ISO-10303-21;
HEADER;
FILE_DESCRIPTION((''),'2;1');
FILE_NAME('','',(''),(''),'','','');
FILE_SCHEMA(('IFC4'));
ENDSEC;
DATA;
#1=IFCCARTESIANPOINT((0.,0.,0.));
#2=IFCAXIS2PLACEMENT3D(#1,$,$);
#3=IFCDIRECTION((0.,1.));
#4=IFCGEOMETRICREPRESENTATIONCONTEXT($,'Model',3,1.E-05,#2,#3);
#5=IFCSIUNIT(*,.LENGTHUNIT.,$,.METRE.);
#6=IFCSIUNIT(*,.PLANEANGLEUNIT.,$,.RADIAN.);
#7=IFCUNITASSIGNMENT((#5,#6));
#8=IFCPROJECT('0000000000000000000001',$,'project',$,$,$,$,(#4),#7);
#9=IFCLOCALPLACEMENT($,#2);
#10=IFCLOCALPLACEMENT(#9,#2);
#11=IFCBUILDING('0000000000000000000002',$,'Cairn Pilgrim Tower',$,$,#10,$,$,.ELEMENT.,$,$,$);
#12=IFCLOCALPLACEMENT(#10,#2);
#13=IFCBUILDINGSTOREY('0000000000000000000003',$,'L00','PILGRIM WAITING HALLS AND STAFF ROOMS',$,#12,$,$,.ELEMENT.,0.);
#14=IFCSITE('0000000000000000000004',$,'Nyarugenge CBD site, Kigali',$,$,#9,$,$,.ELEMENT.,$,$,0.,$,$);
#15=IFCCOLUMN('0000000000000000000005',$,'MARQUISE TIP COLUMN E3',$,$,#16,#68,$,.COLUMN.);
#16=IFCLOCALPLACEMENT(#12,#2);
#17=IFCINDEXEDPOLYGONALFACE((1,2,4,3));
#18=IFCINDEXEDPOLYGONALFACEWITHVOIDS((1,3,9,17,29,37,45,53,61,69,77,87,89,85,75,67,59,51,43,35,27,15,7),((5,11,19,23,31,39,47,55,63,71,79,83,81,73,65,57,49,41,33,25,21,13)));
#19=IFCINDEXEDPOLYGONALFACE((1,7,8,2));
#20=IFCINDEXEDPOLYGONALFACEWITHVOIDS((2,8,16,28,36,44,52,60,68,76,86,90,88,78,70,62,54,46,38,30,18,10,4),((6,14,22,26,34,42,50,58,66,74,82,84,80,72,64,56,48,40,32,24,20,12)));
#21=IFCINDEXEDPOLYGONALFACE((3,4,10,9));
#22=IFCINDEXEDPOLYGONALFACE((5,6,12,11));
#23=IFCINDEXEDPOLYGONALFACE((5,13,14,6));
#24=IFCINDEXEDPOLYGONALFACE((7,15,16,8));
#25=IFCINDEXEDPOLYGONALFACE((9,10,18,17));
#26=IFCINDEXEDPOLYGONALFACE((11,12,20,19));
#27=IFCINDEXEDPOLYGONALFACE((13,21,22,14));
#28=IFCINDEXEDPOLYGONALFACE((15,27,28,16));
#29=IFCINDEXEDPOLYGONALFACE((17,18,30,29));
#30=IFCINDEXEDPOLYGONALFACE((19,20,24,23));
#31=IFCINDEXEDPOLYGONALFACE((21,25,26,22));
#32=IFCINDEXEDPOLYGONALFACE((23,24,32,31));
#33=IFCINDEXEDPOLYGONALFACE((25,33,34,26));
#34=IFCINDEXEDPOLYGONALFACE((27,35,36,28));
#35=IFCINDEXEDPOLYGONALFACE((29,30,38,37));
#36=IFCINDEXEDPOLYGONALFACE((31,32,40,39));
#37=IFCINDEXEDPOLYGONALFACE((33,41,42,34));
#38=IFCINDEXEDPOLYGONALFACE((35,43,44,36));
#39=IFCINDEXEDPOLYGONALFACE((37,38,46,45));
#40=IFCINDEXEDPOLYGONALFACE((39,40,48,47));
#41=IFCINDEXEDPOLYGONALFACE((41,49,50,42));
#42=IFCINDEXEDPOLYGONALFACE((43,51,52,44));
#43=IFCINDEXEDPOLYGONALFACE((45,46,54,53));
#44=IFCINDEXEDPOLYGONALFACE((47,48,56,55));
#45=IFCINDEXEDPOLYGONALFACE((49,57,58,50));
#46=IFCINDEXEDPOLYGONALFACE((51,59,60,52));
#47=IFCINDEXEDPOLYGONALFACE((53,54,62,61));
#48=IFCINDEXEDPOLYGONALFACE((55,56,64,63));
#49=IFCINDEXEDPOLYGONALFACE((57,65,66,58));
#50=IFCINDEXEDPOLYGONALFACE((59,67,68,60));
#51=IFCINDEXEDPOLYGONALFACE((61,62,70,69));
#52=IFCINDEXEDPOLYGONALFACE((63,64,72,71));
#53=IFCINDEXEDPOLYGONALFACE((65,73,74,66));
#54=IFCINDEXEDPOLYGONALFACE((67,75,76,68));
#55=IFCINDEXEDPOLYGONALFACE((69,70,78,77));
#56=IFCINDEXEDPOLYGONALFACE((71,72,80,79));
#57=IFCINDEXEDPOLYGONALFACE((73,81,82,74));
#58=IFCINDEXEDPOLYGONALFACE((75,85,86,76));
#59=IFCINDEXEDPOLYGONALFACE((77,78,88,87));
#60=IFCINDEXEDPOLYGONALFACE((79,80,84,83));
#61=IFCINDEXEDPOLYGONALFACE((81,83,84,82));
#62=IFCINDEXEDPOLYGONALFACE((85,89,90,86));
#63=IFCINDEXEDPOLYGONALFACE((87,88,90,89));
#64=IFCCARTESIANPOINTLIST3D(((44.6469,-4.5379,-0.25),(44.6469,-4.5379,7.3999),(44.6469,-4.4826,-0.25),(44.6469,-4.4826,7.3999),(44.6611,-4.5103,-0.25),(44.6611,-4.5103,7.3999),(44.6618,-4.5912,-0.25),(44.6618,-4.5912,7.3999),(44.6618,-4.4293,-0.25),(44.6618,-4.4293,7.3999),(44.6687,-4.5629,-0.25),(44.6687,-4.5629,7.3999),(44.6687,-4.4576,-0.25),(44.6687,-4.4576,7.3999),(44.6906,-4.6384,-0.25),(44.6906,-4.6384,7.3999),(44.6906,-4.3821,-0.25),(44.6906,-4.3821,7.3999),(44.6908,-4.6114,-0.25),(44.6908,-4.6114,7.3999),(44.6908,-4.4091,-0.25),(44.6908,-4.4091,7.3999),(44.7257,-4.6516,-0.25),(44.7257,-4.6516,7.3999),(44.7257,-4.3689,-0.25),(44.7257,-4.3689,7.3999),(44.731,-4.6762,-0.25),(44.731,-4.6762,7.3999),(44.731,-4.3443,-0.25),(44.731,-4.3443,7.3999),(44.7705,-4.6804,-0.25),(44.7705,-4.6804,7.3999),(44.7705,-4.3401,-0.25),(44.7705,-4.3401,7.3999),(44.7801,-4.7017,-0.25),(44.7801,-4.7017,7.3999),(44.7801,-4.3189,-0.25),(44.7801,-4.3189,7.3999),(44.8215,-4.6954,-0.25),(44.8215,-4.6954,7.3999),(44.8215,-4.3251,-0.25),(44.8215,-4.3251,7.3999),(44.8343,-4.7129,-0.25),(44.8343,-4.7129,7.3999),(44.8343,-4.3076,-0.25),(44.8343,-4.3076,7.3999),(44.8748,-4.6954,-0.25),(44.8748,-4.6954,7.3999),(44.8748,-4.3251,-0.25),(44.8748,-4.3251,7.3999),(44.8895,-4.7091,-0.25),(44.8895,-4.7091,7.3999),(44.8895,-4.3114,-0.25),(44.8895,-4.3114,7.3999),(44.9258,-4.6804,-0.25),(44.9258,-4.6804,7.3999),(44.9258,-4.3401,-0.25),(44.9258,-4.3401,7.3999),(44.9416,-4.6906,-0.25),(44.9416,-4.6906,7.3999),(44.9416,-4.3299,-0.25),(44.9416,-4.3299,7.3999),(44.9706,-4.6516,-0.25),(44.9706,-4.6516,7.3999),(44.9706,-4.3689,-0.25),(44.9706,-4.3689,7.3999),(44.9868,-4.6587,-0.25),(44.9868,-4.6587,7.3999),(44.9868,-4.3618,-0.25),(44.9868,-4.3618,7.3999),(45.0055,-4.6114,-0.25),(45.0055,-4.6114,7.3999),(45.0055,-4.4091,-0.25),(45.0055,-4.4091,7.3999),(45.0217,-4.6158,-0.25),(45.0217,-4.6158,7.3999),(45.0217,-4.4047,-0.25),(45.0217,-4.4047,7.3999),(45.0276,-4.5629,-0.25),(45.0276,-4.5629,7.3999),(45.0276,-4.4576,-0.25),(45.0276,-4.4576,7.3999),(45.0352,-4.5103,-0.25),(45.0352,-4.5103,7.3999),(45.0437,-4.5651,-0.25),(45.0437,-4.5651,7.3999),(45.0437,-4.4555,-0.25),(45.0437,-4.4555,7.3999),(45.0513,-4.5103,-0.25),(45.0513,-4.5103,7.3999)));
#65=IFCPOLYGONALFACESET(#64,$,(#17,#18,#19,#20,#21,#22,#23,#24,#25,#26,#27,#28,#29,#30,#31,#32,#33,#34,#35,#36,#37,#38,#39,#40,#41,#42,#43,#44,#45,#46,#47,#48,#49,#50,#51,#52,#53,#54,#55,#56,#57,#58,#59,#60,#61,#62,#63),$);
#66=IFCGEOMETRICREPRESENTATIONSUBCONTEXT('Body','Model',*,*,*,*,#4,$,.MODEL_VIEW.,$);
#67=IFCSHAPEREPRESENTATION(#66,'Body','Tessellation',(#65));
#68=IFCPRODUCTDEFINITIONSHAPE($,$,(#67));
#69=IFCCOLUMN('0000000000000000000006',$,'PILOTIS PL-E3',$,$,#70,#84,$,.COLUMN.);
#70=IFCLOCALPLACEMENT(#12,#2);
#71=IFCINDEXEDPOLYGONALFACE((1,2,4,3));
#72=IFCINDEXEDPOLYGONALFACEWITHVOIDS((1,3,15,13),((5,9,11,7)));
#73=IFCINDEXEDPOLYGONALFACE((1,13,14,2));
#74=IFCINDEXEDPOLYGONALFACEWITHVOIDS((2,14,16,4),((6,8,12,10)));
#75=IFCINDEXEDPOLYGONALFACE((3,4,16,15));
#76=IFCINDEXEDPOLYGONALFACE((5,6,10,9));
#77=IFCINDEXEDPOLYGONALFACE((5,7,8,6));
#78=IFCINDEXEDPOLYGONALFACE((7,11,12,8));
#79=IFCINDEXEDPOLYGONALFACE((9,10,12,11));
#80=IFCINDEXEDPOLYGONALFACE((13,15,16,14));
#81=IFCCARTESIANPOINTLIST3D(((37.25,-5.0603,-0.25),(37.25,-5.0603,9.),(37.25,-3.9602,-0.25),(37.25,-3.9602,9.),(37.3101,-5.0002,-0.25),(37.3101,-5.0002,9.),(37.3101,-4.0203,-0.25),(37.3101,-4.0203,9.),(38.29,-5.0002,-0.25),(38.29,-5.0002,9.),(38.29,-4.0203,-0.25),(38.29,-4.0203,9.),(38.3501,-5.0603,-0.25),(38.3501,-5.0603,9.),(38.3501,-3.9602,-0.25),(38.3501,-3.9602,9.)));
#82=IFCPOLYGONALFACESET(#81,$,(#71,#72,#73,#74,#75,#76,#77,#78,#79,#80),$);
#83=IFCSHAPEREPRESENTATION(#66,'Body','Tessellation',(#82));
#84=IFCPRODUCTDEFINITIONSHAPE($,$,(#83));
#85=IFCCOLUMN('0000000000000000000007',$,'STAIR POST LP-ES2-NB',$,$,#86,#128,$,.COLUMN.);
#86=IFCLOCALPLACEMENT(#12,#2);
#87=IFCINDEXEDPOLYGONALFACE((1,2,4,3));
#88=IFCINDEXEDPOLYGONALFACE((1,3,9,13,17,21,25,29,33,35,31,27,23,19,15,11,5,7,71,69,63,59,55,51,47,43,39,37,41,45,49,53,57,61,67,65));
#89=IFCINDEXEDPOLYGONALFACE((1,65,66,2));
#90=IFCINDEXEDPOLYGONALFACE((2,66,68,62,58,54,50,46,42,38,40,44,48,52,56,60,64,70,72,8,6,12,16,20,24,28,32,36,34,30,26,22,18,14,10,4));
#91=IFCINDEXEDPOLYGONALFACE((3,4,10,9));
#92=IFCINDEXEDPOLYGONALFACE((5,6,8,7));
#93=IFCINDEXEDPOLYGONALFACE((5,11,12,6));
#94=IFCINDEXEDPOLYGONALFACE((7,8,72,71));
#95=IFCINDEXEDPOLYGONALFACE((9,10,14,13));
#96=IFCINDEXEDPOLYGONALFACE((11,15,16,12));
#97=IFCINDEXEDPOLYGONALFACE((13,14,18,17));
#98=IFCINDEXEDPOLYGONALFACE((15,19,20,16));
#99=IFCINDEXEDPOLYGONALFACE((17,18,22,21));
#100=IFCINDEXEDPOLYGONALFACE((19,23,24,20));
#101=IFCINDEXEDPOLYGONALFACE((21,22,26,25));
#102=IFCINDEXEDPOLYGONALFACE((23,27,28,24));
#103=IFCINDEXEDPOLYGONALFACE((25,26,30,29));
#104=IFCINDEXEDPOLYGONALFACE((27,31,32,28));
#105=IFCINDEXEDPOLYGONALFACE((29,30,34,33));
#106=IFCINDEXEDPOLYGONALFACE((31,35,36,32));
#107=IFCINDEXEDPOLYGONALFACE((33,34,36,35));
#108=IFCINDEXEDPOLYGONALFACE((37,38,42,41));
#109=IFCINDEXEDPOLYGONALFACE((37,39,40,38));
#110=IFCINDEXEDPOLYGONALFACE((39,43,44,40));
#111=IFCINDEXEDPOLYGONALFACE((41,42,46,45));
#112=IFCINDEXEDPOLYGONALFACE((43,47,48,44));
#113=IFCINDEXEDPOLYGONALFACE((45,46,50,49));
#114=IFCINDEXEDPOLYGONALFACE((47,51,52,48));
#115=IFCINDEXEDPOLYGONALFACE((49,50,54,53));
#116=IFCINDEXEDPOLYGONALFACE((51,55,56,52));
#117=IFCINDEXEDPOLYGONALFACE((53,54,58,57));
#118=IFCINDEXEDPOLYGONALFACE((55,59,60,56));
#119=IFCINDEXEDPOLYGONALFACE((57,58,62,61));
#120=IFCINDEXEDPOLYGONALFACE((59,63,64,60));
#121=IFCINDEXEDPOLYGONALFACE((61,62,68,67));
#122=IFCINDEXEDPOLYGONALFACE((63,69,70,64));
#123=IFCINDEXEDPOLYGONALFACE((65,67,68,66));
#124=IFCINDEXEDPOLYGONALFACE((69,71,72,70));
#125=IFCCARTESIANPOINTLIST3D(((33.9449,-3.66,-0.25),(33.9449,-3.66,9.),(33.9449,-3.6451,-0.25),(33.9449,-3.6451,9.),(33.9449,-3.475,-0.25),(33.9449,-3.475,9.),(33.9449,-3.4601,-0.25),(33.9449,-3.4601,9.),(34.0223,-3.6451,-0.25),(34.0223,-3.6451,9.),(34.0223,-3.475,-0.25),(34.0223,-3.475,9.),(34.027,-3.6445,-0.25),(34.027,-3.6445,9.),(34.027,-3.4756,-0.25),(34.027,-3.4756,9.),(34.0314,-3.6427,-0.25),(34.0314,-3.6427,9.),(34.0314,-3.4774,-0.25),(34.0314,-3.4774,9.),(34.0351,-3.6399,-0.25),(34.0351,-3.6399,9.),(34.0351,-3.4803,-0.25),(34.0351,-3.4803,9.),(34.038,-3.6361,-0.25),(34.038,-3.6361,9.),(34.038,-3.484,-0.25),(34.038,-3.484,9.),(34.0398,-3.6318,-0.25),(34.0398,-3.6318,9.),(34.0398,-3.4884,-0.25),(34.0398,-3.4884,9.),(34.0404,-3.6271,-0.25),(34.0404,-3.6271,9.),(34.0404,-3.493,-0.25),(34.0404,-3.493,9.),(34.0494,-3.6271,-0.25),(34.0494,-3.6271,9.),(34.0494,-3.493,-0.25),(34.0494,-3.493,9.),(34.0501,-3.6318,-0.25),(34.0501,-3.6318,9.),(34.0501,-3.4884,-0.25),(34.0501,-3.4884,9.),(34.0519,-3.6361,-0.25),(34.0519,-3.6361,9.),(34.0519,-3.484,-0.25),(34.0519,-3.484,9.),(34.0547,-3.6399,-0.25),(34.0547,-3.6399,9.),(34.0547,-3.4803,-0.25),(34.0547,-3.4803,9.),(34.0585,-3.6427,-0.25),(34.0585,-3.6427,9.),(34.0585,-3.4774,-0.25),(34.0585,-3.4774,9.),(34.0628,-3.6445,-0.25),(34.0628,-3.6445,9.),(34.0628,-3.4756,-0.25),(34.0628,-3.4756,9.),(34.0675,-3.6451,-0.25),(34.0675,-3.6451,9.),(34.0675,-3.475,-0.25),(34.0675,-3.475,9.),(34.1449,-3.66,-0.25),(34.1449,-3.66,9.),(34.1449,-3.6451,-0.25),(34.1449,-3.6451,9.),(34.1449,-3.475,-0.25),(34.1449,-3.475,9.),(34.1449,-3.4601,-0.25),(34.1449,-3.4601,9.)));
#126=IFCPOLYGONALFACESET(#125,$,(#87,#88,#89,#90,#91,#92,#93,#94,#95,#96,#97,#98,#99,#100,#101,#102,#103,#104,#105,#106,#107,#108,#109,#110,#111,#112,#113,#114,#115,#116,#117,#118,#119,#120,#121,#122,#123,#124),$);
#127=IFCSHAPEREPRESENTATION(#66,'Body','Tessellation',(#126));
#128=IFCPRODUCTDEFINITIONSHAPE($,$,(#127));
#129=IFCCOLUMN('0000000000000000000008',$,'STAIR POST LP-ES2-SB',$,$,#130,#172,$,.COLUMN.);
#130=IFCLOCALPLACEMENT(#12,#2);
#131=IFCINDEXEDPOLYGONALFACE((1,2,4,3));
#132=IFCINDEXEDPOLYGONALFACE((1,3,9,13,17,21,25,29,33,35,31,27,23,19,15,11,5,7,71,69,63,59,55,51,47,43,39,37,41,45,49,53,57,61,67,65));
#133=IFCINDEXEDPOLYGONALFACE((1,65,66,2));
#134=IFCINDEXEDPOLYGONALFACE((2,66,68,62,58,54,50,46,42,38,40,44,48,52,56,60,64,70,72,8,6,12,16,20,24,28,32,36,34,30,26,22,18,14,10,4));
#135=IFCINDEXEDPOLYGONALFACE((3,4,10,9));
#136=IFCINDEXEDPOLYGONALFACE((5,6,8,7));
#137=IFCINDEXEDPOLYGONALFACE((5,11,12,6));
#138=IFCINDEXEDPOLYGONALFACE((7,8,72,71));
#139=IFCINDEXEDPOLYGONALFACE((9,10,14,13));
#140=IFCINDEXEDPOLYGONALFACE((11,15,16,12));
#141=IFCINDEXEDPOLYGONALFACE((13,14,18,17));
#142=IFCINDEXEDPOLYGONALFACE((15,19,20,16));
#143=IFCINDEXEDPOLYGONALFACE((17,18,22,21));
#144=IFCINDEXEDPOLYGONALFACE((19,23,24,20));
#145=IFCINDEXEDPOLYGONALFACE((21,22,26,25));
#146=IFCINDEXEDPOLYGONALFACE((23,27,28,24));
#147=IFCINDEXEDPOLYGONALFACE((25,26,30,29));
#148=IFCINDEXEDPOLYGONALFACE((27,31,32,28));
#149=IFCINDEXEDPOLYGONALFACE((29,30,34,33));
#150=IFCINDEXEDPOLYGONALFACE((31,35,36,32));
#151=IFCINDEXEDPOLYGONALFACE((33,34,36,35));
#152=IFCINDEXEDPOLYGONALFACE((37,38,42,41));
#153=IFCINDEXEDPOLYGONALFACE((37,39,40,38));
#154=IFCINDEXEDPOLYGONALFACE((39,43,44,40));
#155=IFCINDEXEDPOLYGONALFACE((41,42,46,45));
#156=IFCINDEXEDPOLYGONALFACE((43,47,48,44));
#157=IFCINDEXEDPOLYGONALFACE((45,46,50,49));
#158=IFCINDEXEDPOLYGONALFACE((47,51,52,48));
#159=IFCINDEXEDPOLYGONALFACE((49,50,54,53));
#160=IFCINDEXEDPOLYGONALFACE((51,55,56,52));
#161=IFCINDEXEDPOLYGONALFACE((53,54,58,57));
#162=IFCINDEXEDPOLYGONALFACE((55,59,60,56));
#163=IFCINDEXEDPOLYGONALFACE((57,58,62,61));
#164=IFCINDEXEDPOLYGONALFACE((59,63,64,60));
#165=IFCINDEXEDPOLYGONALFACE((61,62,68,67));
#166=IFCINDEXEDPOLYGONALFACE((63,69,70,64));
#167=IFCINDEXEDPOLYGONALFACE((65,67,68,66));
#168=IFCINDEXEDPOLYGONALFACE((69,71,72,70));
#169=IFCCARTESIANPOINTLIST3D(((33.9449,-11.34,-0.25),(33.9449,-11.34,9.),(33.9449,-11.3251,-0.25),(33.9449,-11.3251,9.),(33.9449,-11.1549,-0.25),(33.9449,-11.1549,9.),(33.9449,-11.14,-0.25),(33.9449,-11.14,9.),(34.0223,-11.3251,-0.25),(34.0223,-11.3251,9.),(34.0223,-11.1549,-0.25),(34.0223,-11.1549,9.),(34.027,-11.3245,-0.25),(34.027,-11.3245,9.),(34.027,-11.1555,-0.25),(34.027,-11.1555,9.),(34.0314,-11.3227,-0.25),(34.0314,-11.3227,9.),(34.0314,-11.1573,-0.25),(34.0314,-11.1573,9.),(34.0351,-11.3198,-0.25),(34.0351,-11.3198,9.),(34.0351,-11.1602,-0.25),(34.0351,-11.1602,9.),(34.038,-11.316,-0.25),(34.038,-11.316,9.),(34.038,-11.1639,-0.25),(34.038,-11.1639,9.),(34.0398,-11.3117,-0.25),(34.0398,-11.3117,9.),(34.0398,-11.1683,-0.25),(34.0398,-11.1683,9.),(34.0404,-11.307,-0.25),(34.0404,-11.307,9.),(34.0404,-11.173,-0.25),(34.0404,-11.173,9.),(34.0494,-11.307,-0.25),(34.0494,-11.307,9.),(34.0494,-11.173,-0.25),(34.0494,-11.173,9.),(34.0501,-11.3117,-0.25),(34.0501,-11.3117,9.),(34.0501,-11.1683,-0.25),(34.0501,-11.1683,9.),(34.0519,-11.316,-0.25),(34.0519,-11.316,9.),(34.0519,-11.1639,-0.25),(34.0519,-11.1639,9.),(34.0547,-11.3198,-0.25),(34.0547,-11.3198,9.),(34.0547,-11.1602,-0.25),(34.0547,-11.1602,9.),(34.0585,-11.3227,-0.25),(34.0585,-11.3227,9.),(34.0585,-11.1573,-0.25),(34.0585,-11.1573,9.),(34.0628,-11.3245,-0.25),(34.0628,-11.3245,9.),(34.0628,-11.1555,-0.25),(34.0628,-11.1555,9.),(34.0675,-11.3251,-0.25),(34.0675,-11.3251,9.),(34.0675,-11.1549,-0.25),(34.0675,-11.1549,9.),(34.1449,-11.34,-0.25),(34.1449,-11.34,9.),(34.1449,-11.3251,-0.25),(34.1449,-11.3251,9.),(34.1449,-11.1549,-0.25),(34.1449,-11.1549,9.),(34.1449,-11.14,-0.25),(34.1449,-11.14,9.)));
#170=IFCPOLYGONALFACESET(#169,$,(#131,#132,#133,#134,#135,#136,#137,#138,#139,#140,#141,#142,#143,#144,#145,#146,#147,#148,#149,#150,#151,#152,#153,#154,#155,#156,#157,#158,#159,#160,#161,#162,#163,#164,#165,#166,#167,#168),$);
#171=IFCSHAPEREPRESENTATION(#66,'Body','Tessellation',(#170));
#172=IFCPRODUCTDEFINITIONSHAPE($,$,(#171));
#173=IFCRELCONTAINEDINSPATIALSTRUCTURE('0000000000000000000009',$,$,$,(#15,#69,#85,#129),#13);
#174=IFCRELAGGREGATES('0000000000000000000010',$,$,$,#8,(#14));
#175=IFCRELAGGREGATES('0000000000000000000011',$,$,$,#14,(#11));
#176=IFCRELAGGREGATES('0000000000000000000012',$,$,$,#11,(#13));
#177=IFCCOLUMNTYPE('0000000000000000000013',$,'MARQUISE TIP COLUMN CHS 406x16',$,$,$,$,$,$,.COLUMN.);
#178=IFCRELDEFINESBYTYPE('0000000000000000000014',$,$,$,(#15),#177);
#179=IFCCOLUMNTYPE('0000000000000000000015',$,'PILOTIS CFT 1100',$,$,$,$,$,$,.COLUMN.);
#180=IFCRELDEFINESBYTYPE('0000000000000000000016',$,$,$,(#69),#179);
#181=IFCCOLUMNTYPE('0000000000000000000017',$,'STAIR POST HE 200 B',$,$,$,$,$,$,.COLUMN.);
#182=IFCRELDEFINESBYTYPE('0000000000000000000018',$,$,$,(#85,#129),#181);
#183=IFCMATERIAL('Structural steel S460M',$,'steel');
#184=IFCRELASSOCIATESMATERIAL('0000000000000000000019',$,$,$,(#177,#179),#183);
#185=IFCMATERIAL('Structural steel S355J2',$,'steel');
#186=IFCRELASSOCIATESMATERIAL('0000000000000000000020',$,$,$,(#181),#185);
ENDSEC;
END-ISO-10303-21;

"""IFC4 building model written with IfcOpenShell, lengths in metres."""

from ifc_helpers import new_model, si_unit, direction, frame, origin, origin_2d, place, context, subcontext, project, spatial, hollow_rectangle, hollow_circle, i_section, extrude, material, material_profile, profile_set, type_object, element, save


model = new_model("IFC4")

# Units and contexts
model_context = context("Model", 3, precision=1e-05, world=origin(), true_north=direction((0.0, 1.0)))
body_context = subcontext(model_context, "Body", "Model", "MODEL_VIEW")
ifc_project = project(units=[si_unit("LENGTHUNIT", "METRE"), si_unit("PLANEANGLEUNIT", "RADIAN")], contexts=[model_context])

# Site, building, storey
site_placement = place(None, origin())
site = spatial("IfcSite", under=ifc_project, at=site_placement, Name="Nyarugenge CBD site, Kigali", CompositionType="ELEMENT", RefElevation=0.0)
building_placement = place(site_placement, origin())
building = spatial("IfcBuilding", under=site, at=building_placement, Name="Cairn Pilgrim Tower", CompositionType="ELEMENT")
storey_placement = place(building_placement, origin())
storey = spatial("IfcBuildingStorey", under=building, at=storey_placement, Name="L00", Description="PILGRIM WAITING HALLS AND STAFF ROOMS", CompositionType="ELEMENT", Elevation=0.0)

# Columns
ifc_material_1 = material(Name="Structural steel S460M", Category="steel")
ifc_material_profile_1 = material_profile(ifc_material_1, hollow_circle(Radius=0.2031, WallThickness=0.0161, at=origin_2d()), Name="MARQUISE TIP COLUMN CHS 406x16")
ifc_profile_set_1 = profile_set([ifc_material_profile_1], Name="Structural steel S460M")
column_type_1 = type_object("IfcColumnType", Name="MARQUISE TIP COLUMN CHS 406x16", PredefinedType="COLUMN", material=ifc_profile_set_1)
column_1_placement = place(storey_placement, frame((44.8481, -4.5103, -0.25), z_axis=(0.0, 0.0, 1.0), x_axis=(1.0, 0.0, 0.0)))
element("IfcColumn", 1, at=column_1_placement, inside=storey, type_object=column_type_1, Name="MARQUISE TIP COLUMN E3", PredefinedType="COLUMN", context=body_context, shape_type="SweptSolid", body=[
    extrude(hollow_circle(Radius=0.2031, WallThickness=0.0161, at=origin_2d()), origin(), (0.0, 0.0, 1.0), 7.6499),
])
ifc_material_profile_2 = material_profile(ifc_material_1, hollow_rectangle(XDim=1.1001, YDim=1.1001, WallThickness=0.0601, at=origin_2d()), Name="BOX 1100x1100x60")
ifc_profile_set_2 = profile_set([ifc_material_profile_2], Name="Structural steel S460M")
column_type_2 = type_object("IfcColumnType", Name="PILOTIS CFT 1100", PredefinedType="COLUMN", material=ifc_profile_set_2)
column_2_placement = place(storey_placement, frame((37.8, -4.5103, -0.25), z_axis=(0.0, 0.0, 1.0), x_axis=(1.0, 0.0, 0.0)))
element("IfcColumn", 2, at=column_2_placement, inside=storey, type_object=column_type_2, Name="PILOTIS PL-E3", PredefinedType="COLUMN", context=body_context, shape_type="SweptSolid", body=[
    extrude(hollow_rectangle(XDim=1.1001, YDim=1.1001, WallThickness=0.0601, at=origin_2d()), origin(), (0.0, 0.0, 1.0), 9.25),
])
ifc_material_2 = material(Name="Structural steel S355J2", Category="steel")
ifc_material_profile_3 = material_profile(ifc_material_2, i_section(OverallWidth=0.2, OverallDepth=0.2, WebThickness=0.009, FlangeThickness=0.0149, FilletRadius=0.0181, at=origin_2d()), Name="HE 200 B")
ifc_profile_set_3 = profile_set([ifc_material_profile_3], Name="Structural steel S355J2")
column_type_3 = type_object("IfcColumnType", Name="STAIR POST HE 200 B", PredefinedType="COLUMN", material=ifc_profile_set_3)
for number, where, z_axis, x_axis, name in (
    (3, (34.0449, -3.5601, -0.25), (0.0, 0.0, 1.0), (1.0, 0.0, 0.0), "STAIR POST LP-ES2-NB"),
    (4, (34.0449, -11.24, -0.25), (0.0, 0.0, 1.0), (1.0, 0.0, 0.0), "STAIR POST LP-ES2-SB"),
):
    element("IfcColumn", number, at=place(storey_placement, frame(where, z_axis=z_axis, x_axis=x_axis)), inside=storey, type_object=column_type_3, Name=name, PredefinedType="COLUMN", context=body_context, shape_type="SweptSolid", body=[
        extrude(i_section(OverallWidth=0.2, OverallDepth=0.2, WebThickness=0.009, FlangeThickness=0.0149, FilletRadius=0.0181, at=origin_2d()), origin(), (0.0, 0.0, 1.0), 9.25),
    ])

save(model, "model.ifc")
